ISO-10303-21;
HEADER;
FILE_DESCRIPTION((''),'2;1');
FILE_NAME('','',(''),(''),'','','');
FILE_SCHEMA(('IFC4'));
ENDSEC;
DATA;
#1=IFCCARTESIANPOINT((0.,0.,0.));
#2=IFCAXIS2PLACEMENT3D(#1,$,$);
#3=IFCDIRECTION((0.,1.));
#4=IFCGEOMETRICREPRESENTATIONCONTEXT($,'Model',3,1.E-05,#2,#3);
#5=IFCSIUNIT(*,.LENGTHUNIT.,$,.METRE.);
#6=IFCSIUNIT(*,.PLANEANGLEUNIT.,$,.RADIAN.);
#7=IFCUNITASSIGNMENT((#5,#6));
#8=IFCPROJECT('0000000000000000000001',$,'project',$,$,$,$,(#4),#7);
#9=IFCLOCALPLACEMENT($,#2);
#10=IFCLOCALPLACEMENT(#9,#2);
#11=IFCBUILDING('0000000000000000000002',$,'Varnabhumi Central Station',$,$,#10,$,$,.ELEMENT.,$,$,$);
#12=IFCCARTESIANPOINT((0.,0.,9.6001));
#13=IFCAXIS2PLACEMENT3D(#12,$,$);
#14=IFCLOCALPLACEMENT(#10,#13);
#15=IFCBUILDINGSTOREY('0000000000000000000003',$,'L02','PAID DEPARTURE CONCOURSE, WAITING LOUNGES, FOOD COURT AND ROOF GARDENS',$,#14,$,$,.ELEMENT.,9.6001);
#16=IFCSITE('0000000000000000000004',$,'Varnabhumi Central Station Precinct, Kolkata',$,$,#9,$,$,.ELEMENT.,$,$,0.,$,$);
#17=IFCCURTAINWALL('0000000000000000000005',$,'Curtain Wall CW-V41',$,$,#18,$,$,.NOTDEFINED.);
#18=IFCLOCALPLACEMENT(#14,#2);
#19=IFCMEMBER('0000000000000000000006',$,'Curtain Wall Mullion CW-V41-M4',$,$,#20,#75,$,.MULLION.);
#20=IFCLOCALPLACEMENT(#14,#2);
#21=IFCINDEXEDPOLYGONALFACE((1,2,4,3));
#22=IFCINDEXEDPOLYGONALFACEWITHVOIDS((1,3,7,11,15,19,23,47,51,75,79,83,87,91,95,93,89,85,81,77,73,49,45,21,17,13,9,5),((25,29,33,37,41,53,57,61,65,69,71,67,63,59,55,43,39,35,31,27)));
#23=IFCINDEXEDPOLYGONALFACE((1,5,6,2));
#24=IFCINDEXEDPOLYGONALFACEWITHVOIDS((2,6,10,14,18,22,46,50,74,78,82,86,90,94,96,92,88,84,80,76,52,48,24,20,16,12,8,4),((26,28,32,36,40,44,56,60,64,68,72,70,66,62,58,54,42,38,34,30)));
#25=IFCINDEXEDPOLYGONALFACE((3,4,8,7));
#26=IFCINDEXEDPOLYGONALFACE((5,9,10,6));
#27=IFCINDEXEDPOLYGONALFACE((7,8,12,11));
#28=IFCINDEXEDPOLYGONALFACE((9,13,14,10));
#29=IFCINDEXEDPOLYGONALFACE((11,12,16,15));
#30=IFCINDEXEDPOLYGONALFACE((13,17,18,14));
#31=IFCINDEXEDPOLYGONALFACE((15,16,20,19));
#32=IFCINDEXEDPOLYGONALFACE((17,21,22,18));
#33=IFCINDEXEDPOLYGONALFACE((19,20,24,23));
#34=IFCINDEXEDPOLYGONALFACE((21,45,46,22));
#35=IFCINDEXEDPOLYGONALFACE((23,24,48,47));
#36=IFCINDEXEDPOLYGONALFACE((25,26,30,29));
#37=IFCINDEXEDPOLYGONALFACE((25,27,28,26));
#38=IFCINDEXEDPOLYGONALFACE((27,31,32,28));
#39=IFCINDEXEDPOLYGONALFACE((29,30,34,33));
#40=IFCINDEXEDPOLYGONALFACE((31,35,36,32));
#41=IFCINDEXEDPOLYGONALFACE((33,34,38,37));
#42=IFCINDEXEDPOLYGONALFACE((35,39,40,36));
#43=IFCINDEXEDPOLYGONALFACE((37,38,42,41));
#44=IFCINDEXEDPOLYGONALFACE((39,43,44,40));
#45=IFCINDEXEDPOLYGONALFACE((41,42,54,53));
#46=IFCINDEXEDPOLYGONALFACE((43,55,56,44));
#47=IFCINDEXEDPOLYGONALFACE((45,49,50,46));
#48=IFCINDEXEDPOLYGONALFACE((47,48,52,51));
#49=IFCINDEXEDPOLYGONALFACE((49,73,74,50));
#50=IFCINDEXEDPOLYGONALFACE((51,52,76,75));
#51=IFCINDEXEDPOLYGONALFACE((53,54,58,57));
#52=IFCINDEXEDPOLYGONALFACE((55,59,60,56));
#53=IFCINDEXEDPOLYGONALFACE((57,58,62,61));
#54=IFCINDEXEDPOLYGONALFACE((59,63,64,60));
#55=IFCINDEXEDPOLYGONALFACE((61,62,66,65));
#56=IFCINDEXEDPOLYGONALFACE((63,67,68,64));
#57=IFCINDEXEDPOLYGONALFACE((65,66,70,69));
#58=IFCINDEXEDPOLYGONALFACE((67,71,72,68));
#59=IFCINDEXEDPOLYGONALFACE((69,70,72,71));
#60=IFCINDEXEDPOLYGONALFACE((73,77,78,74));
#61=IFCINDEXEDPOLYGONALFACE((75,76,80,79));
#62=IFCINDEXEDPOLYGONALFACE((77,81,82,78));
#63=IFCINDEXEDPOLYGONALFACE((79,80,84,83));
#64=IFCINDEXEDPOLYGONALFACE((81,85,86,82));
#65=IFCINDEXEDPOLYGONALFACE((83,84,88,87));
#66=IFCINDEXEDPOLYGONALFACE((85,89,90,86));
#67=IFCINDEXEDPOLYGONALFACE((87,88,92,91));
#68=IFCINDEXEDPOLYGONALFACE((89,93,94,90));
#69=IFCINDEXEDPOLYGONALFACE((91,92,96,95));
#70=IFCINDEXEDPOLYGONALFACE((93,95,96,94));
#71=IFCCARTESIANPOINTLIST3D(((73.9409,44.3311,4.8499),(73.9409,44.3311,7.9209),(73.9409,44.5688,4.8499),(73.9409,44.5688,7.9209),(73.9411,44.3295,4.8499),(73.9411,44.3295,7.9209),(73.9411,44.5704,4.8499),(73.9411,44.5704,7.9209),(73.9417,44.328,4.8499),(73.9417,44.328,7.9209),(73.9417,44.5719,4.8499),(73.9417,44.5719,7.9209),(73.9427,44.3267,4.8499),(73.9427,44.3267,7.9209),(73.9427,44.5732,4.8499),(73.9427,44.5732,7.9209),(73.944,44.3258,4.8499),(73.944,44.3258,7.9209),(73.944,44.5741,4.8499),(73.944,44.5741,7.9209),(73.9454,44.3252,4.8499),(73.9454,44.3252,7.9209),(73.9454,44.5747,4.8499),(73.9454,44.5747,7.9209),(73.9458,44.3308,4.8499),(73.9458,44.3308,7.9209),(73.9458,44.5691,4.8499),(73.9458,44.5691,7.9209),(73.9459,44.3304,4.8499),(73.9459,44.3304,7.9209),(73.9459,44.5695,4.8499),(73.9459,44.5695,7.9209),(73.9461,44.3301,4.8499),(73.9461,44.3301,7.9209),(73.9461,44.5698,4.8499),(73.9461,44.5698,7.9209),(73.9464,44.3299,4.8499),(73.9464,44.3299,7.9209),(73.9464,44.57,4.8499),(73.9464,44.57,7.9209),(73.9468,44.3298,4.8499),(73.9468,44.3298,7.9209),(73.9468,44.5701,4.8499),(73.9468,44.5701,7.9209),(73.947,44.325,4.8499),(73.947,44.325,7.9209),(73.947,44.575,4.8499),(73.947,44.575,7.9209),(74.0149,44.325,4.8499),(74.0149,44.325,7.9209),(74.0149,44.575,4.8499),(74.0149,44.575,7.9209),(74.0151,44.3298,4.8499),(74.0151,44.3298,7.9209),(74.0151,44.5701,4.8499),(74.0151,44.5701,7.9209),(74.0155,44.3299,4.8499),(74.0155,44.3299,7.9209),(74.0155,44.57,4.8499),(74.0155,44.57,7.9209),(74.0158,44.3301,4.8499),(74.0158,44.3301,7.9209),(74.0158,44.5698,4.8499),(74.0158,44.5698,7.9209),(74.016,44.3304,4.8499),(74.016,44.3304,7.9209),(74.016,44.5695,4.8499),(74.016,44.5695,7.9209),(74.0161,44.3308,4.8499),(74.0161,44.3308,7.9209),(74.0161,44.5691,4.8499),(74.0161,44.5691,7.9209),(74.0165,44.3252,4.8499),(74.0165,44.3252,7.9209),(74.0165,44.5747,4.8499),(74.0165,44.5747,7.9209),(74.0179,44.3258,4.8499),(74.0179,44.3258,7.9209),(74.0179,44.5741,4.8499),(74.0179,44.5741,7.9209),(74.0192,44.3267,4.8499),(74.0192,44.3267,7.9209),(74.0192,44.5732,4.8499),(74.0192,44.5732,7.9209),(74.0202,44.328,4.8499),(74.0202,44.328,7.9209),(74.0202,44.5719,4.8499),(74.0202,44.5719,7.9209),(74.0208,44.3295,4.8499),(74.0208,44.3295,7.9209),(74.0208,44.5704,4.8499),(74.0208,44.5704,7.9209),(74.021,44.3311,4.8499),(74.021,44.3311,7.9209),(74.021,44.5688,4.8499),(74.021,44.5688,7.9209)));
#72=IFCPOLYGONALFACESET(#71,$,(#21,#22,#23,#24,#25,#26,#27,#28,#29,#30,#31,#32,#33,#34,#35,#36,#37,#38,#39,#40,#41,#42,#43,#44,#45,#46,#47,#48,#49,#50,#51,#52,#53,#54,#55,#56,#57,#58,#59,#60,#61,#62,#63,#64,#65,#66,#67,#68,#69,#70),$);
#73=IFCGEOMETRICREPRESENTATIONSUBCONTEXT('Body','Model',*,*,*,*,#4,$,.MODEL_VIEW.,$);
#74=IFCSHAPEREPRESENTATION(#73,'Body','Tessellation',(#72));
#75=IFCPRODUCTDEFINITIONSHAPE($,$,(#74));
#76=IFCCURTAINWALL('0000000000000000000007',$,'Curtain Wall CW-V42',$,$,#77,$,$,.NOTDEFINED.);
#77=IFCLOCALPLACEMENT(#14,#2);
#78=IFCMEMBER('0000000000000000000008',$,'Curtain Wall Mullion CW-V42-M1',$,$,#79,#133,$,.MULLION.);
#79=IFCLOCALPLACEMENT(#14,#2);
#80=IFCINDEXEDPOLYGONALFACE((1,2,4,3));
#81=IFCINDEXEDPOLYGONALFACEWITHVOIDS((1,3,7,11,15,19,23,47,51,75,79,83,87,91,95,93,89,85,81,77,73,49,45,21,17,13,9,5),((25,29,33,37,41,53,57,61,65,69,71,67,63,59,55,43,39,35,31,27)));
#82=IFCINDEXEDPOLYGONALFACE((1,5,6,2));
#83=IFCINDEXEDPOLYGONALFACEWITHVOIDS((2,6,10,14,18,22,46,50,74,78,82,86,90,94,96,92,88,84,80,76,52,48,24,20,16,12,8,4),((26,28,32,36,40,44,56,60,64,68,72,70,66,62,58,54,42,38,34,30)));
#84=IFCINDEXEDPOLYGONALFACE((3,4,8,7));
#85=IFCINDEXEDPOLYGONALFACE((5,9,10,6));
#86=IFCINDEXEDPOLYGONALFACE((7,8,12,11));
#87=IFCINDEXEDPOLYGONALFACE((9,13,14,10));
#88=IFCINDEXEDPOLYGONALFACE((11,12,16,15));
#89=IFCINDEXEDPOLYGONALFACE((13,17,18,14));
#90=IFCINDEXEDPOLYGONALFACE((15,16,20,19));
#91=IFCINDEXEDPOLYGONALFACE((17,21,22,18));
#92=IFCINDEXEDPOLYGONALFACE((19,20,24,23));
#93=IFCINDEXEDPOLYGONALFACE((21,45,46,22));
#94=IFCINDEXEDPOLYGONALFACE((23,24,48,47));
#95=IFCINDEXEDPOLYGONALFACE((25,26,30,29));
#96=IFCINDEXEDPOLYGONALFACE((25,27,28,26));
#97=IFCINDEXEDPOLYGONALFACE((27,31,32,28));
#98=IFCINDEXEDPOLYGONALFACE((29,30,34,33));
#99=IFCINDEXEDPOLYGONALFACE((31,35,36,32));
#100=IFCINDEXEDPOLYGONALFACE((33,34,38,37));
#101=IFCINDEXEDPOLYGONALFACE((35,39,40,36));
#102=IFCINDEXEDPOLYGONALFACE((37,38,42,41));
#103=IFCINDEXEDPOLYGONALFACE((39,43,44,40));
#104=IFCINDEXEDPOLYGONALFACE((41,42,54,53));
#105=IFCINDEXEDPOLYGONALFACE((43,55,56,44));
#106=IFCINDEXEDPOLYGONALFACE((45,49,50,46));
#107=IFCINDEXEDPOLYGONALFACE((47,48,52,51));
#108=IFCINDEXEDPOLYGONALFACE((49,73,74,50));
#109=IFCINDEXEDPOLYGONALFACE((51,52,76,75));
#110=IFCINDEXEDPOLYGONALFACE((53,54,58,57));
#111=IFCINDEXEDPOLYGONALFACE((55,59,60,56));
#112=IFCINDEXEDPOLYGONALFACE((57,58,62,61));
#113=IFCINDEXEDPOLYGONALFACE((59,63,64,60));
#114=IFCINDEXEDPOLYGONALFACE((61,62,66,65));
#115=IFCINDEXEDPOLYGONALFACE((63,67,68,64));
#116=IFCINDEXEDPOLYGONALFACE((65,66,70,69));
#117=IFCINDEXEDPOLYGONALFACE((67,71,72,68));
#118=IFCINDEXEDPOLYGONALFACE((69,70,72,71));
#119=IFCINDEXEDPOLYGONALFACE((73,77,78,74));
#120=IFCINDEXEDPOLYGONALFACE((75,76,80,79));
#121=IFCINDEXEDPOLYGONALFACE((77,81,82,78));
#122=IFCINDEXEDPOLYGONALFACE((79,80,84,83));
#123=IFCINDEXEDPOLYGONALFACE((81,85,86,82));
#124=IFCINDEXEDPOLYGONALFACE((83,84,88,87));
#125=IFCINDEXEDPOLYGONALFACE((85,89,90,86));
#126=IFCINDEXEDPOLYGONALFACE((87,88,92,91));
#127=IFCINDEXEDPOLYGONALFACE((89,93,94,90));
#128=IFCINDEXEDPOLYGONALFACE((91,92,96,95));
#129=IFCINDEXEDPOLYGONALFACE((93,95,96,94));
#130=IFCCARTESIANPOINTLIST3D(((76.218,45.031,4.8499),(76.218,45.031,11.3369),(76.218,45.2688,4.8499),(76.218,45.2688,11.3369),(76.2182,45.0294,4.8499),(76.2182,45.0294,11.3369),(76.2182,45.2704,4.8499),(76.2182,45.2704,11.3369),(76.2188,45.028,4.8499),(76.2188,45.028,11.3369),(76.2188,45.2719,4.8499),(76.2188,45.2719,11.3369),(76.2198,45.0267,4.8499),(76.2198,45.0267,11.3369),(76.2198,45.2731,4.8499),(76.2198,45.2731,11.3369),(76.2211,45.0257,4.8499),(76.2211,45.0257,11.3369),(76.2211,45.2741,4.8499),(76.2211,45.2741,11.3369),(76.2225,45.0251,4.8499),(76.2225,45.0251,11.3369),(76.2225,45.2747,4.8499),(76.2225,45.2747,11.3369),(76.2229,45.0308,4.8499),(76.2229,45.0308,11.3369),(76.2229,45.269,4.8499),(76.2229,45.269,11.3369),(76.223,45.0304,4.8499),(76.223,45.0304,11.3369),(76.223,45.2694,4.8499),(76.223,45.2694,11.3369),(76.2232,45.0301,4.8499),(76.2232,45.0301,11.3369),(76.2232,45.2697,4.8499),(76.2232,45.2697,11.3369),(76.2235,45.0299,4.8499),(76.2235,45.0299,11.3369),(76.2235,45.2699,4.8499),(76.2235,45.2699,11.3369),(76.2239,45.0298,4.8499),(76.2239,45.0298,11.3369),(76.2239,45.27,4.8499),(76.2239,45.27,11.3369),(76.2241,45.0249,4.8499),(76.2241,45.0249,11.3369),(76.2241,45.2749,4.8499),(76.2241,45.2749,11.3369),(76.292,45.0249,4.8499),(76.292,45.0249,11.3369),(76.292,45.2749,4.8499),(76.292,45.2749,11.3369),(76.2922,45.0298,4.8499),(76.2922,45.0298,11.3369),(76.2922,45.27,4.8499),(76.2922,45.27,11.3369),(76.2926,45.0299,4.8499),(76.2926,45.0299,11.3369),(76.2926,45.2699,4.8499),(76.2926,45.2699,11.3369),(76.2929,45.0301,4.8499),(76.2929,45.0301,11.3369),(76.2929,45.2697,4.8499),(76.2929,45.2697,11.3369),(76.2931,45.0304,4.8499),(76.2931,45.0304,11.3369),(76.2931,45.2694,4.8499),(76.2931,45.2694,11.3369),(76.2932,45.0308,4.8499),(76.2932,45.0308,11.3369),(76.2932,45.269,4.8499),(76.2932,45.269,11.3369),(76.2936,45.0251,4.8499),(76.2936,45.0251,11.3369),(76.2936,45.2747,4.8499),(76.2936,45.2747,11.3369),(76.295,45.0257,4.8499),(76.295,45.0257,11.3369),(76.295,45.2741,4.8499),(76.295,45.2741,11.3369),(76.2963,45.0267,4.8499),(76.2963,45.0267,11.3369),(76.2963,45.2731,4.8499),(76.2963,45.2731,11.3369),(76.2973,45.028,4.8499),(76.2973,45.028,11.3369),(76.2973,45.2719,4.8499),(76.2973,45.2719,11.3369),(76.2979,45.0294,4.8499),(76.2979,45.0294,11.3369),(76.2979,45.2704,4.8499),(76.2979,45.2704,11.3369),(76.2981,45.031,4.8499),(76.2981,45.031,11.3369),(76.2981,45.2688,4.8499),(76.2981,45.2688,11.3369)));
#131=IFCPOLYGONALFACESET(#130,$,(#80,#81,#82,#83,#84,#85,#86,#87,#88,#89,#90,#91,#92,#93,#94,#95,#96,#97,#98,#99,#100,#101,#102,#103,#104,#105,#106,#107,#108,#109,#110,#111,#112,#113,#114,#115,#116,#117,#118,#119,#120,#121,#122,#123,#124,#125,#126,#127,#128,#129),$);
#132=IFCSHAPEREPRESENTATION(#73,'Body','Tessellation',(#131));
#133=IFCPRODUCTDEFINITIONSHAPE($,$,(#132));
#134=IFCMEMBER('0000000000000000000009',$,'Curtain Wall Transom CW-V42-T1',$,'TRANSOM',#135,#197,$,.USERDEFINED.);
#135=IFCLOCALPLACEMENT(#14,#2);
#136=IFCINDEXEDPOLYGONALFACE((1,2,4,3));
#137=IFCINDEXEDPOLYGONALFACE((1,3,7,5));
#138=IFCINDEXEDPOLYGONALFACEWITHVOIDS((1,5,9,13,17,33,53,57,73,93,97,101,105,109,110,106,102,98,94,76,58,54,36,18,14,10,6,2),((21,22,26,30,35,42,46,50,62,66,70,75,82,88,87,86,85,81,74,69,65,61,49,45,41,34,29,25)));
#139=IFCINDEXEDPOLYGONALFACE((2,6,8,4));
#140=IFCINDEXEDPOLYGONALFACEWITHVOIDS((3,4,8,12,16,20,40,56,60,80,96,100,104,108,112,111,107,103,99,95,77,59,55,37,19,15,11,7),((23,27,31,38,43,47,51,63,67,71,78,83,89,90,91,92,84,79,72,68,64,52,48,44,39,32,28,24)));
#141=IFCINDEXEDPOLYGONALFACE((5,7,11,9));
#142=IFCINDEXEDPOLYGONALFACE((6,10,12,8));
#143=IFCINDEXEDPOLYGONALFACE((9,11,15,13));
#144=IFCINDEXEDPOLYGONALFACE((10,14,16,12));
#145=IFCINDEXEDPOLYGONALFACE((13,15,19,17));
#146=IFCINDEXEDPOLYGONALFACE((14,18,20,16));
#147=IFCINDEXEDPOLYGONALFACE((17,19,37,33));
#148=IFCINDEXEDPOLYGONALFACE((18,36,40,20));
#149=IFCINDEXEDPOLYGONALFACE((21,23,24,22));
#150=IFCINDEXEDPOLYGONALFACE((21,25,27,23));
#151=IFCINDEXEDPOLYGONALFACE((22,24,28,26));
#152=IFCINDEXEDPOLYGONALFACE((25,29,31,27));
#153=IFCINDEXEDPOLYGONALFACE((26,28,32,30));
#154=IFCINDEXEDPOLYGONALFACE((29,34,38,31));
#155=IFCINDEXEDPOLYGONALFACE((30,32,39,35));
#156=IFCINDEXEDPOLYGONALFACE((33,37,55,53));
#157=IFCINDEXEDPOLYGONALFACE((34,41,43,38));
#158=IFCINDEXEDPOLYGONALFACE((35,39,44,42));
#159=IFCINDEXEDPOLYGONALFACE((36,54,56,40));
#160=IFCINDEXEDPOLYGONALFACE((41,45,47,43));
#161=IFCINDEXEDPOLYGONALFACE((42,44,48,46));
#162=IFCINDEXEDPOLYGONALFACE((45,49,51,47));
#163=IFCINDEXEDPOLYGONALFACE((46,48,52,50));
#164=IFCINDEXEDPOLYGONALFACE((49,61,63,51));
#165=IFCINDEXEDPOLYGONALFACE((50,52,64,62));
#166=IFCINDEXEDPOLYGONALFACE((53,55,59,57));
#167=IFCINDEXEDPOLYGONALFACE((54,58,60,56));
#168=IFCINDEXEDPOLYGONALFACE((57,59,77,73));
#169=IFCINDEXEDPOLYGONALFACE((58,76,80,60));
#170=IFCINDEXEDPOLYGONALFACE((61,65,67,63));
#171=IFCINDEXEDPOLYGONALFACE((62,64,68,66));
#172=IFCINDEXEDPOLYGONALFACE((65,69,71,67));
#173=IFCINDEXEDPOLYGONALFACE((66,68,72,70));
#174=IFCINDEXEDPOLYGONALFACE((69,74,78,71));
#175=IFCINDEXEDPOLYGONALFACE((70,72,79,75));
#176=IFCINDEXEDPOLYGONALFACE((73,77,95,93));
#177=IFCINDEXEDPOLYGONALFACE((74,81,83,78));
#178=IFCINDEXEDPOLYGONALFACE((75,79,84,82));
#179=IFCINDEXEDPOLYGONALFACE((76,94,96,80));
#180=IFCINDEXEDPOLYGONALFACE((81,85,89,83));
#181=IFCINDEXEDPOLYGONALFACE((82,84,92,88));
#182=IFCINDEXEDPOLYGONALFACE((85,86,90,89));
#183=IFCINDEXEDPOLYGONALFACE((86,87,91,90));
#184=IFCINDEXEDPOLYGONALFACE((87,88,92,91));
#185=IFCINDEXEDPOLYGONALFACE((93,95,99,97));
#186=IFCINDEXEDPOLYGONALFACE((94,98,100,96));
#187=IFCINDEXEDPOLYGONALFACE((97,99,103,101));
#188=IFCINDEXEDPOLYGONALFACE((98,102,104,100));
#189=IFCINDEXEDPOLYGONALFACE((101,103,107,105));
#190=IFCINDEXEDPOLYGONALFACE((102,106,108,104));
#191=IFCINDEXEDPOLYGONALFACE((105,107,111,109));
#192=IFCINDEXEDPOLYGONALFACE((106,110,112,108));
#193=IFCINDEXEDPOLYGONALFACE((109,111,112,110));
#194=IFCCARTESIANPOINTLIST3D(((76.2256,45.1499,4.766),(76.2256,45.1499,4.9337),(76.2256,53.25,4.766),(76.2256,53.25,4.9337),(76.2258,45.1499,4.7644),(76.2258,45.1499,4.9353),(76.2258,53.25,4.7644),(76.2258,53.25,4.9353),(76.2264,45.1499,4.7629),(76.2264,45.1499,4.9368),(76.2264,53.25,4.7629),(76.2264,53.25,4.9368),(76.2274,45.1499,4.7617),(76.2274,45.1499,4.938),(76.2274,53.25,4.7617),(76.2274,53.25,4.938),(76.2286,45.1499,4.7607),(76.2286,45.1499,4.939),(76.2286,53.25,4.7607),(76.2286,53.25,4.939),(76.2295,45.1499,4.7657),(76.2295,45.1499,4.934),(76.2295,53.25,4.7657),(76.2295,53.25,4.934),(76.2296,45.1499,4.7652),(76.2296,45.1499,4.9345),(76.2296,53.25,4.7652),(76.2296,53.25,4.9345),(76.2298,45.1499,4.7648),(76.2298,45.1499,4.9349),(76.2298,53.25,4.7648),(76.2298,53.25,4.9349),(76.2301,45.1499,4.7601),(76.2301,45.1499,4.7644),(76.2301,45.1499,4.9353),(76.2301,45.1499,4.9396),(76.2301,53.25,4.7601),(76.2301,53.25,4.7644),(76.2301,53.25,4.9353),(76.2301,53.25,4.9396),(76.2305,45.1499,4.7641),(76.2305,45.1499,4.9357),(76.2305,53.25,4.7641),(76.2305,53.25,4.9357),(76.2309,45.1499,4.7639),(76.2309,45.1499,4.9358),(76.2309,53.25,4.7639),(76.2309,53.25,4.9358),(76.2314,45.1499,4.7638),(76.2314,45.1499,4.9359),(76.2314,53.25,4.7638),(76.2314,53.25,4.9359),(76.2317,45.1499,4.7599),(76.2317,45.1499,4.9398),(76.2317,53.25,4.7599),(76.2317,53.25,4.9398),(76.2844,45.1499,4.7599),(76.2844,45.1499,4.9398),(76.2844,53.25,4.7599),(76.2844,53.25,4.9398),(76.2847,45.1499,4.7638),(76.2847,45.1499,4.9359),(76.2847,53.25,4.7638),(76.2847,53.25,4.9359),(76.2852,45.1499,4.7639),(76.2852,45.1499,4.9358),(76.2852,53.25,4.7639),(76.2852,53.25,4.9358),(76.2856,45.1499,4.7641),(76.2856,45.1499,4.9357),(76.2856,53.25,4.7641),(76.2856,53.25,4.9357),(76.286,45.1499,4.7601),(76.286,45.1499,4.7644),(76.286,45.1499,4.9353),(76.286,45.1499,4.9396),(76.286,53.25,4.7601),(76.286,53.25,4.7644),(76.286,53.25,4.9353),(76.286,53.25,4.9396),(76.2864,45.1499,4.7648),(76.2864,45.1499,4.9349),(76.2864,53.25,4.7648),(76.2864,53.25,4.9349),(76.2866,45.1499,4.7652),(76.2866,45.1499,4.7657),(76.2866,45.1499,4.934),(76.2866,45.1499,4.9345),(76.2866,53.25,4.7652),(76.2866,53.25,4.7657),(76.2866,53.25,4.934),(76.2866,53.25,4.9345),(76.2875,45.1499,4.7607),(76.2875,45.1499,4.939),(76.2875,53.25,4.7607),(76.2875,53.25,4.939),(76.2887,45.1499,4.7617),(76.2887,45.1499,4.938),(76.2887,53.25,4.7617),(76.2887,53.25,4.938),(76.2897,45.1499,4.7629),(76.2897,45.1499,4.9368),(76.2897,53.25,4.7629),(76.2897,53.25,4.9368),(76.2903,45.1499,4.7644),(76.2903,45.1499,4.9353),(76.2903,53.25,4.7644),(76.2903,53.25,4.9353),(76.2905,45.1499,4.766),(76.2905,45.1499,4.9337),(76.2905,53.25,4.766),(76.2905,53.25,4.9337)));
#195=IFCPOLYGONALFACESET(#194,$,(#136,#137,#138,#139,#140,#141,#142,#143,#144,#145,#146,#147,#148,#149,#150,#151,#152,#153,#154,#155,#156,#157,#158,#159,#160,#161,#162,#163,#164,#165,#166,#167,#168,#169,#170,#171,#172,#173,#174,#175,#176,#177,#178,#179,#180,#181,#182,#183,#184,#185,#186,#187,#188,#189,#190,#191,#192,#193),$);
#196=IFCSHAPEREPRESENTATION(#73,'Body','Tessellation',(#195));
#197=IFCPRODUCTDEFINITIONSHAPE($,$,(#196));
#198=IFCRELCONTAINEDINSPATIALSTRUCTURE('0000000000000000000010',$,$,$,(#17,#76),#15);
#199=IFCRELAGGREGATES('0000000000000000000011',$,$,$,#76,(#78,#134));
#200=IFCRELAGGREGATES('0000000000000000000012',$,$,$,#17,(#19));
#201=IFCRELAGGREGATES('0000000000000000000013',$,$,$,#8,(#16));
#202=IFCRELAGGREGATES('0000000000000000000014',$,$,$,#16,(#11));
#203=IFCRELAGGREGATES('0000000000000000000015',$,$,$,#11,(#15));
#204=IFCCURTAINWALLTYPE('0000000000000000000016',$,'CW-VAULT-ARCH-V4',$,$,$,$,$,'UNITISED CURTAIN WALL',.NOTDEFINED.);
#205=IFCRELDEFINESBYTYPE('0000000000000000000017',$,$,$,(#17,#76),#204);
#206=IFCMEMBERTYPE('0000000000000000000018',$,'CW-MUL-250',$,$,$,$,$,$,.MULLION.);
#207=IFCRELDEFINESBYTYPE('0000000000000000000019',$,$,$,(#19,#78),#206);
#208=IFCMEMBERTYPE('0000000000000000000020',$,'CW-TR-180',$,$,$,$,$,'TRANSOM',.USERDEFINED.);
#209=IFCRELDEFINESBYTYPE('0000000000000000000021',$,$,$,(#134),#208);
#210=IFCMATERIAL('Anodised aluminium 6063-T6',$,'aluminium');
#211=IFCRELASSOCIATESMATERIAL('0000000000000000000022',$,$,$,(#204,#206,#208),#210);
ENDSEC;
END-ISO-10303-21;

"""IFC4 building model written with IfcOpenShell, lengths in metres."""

from ifc_helpers import new_model, si_unit, direction, frame, origin, origin_2d, place, context, subcontext, project, spatial, hollow_rectangle, extrude, material, material_profile, profile_set, type_object, element, aggregate, save


model = new_model("IFC4")

# Units and contexts
model_context = context("Model", 3, precision=1e-05, world=origin(), true_north=direction((0.0, 1.0)))
body_context = subcontext(model_context, "Body", "Model", "MODEL_VIEW")
ifc_project = project(units=[si_unit("LENGTHUNIT", "METRE"), si_unit("PLANEANGLEUNIT", "RADIAN")], contexts=[model_context])

# Site, building, storey
site_placement = place(None, origin())
site = spatial("IfcSite", under=ifc_project, at=site_placement, Name="Varnabhumi Central Station Precinct, Kolkata", CompositionType="ELEMENT", RefElevation=0.0)
building_placement = place(site_placement, origin())
building = spatial("IfcBuilding", under=site, at=building_placement, Name="Varnabhumi Central Station", CompositionType="ELEMENT")
storey_placement = place(building_placement, frame((0.0, 0.0, 9.6001)))
storey = spatial("IfcBuildingStorey", under=building, at=storey_placement, Name="L02", Description="PAID DEPARTURE CONCOURSE, WAITING LOUNGES, FOOD COURT AND ROOF GARDENS", CompositionType="ELEMENT", Elevation=9.6001)

# Curtain walls, members
ifc_material_1 = material(Name="Anodised aluminium 6063-T6", Category="aluminium")
curtain_wall_type = type_object("IfcCurtainWallType", Name="CW-VAULT-ARCH-V4", ElementType="UNITISED CURTAIN WALL", PredefinedType="NOTDEFINED", material=ifc_material_1)
curtain_wall_1_placement = place(storey_placement, origin())
curtain_wall_1 = element("IfcCurtainWall", 1, at=curtain_wall_1_placement, inside=storey, type_object=curtain_wall_type, Name="Curtain Wall CW-V41", PredefinedType="NOTDEFINED")
ifc_material_profile_1 = material_profile(ifc_material_1, hollow_rectangle(XDim=0.0801, YDim=0.25, WallThickness=0.0049, InnerFilletRadius=0.001, OuterFilletRadius=0.0061, at=origin_2d()), Name="Anodised aluminium 6063-T6", Category="aluminium")
ifc_profile_set_1 = profile_set([ifc_material_profile_1], Name="Anodised aluminium 6063-T6")
member_type_1 = type_object("IfcMemberType", Name="CW-MUL-250", PredefinedType="MULLION", material=ifc_profile_set_1)
member_1_placement = place(storey_placement, frame((73.981, 44.45, 4.8499), z_axis=(0.0, 0.0, 1.0), x_axis=(1.0, 0.0, 0.0)))
member_1 = element("IfcMember", 2, at=member_1_placement, type_object=member_type_1, Name="Curtain Wall Mullion CW-V41-M4", PredefinedType="MULLION", context=body_context, shape_type="SweptSolid", body=[
    extrude(hollow_rectangle(XDim=0.0801, YDim=0.25, WallThickness=0.0049, InnerFilletRadius=0.001, OuterFilletRadius=0.0061, at=origin_2d()), origin(), (0.0, 0.0, 1.0), 3.071),
])
curtain_wall_2_placement = place(storey_placement, origin())
curtain_wall_2 = element("IfcCurtainWall", 3, at=curtain_wall_2_placement, inside=storey, type_object=curtain_wall_type, Name="Curtain Wall CW-V42", PredefinedType="NOTDEFINED")
member_2_placement = place(storey_placement, frame((76.2581, 45.1499, 4.8499), z_axis=(0.0, 0.0, 1.0), x_axis=(1.0, 0.0, 0.0)))
member_2 = element("IfcMember", 4, at=member_2_placement, type_object=member_type_1, Name="Curtain Wall Mullion CW-V42-M1", PredefinedType="MULLION", context=body_context, shape_type="SweptSolid", body=[
    extrude(hollow_rectangle(XDim=0.0801, YDim=0.25, WallThickness=0.0049, InnerFilletRadius=0.001, OuterFilletRadius=0.0061, at=origin_2d()), origin(), (0.0, 0.0, 1.0), 6.4871),
])
ifc_material_profile_2 = material_profile(ifc_material_1, hollow_rectangle(XDim=0.0649, YDim=0.1799, WallThickness=0.0039, InnerFilletRadius=0.002, OuterFilletRadius=0.0061, at=origin_2d()), Name="Anodised aluminium 6063-T6", Category="aluminium")
ifc_profile_set_2 = profile_set([ifc_material_profile_2], Name="Anodised aluminium 6063-T6")
member_type_2 = type_object("IfcMemberType", Name="CW-TR-180", ElementType="TRANSOM", PredefinedType="USERDEFINED", material=ifc_profile_set_2)
member_3_placement = place(storey_placement, frame((76.2581, 45.1499, 4.8499), z_axis=(0.0, 1.0, 0.0), x_axis=(-1.0, 0.0, 0.0)))
member_3 = element("IfcMember", 5, at=member_3_placement, type_object=member_type_2, Name="Curtain Wall Transom CW-V42-T1", ObjectType="TRANSOM", PredefinedType="USERDEFINED", context=body_context, shape_type="SweptSolid", body=[
    extrude(hollow_rectangle(XDim=0.0649, YDim=0.1799, WallThickness=0.0039, InnerFilletRadius=0.002, OuterFilletRadius=0.0061, at=origin_2d()), origin(), (0.0, 0.0, 1.0), 8.1001),
])
aggregate(curtain_wall_2, [member_2, member_3])

aggregate(curtain_wall_1, [member_1])

save(model, "model.ifc")
